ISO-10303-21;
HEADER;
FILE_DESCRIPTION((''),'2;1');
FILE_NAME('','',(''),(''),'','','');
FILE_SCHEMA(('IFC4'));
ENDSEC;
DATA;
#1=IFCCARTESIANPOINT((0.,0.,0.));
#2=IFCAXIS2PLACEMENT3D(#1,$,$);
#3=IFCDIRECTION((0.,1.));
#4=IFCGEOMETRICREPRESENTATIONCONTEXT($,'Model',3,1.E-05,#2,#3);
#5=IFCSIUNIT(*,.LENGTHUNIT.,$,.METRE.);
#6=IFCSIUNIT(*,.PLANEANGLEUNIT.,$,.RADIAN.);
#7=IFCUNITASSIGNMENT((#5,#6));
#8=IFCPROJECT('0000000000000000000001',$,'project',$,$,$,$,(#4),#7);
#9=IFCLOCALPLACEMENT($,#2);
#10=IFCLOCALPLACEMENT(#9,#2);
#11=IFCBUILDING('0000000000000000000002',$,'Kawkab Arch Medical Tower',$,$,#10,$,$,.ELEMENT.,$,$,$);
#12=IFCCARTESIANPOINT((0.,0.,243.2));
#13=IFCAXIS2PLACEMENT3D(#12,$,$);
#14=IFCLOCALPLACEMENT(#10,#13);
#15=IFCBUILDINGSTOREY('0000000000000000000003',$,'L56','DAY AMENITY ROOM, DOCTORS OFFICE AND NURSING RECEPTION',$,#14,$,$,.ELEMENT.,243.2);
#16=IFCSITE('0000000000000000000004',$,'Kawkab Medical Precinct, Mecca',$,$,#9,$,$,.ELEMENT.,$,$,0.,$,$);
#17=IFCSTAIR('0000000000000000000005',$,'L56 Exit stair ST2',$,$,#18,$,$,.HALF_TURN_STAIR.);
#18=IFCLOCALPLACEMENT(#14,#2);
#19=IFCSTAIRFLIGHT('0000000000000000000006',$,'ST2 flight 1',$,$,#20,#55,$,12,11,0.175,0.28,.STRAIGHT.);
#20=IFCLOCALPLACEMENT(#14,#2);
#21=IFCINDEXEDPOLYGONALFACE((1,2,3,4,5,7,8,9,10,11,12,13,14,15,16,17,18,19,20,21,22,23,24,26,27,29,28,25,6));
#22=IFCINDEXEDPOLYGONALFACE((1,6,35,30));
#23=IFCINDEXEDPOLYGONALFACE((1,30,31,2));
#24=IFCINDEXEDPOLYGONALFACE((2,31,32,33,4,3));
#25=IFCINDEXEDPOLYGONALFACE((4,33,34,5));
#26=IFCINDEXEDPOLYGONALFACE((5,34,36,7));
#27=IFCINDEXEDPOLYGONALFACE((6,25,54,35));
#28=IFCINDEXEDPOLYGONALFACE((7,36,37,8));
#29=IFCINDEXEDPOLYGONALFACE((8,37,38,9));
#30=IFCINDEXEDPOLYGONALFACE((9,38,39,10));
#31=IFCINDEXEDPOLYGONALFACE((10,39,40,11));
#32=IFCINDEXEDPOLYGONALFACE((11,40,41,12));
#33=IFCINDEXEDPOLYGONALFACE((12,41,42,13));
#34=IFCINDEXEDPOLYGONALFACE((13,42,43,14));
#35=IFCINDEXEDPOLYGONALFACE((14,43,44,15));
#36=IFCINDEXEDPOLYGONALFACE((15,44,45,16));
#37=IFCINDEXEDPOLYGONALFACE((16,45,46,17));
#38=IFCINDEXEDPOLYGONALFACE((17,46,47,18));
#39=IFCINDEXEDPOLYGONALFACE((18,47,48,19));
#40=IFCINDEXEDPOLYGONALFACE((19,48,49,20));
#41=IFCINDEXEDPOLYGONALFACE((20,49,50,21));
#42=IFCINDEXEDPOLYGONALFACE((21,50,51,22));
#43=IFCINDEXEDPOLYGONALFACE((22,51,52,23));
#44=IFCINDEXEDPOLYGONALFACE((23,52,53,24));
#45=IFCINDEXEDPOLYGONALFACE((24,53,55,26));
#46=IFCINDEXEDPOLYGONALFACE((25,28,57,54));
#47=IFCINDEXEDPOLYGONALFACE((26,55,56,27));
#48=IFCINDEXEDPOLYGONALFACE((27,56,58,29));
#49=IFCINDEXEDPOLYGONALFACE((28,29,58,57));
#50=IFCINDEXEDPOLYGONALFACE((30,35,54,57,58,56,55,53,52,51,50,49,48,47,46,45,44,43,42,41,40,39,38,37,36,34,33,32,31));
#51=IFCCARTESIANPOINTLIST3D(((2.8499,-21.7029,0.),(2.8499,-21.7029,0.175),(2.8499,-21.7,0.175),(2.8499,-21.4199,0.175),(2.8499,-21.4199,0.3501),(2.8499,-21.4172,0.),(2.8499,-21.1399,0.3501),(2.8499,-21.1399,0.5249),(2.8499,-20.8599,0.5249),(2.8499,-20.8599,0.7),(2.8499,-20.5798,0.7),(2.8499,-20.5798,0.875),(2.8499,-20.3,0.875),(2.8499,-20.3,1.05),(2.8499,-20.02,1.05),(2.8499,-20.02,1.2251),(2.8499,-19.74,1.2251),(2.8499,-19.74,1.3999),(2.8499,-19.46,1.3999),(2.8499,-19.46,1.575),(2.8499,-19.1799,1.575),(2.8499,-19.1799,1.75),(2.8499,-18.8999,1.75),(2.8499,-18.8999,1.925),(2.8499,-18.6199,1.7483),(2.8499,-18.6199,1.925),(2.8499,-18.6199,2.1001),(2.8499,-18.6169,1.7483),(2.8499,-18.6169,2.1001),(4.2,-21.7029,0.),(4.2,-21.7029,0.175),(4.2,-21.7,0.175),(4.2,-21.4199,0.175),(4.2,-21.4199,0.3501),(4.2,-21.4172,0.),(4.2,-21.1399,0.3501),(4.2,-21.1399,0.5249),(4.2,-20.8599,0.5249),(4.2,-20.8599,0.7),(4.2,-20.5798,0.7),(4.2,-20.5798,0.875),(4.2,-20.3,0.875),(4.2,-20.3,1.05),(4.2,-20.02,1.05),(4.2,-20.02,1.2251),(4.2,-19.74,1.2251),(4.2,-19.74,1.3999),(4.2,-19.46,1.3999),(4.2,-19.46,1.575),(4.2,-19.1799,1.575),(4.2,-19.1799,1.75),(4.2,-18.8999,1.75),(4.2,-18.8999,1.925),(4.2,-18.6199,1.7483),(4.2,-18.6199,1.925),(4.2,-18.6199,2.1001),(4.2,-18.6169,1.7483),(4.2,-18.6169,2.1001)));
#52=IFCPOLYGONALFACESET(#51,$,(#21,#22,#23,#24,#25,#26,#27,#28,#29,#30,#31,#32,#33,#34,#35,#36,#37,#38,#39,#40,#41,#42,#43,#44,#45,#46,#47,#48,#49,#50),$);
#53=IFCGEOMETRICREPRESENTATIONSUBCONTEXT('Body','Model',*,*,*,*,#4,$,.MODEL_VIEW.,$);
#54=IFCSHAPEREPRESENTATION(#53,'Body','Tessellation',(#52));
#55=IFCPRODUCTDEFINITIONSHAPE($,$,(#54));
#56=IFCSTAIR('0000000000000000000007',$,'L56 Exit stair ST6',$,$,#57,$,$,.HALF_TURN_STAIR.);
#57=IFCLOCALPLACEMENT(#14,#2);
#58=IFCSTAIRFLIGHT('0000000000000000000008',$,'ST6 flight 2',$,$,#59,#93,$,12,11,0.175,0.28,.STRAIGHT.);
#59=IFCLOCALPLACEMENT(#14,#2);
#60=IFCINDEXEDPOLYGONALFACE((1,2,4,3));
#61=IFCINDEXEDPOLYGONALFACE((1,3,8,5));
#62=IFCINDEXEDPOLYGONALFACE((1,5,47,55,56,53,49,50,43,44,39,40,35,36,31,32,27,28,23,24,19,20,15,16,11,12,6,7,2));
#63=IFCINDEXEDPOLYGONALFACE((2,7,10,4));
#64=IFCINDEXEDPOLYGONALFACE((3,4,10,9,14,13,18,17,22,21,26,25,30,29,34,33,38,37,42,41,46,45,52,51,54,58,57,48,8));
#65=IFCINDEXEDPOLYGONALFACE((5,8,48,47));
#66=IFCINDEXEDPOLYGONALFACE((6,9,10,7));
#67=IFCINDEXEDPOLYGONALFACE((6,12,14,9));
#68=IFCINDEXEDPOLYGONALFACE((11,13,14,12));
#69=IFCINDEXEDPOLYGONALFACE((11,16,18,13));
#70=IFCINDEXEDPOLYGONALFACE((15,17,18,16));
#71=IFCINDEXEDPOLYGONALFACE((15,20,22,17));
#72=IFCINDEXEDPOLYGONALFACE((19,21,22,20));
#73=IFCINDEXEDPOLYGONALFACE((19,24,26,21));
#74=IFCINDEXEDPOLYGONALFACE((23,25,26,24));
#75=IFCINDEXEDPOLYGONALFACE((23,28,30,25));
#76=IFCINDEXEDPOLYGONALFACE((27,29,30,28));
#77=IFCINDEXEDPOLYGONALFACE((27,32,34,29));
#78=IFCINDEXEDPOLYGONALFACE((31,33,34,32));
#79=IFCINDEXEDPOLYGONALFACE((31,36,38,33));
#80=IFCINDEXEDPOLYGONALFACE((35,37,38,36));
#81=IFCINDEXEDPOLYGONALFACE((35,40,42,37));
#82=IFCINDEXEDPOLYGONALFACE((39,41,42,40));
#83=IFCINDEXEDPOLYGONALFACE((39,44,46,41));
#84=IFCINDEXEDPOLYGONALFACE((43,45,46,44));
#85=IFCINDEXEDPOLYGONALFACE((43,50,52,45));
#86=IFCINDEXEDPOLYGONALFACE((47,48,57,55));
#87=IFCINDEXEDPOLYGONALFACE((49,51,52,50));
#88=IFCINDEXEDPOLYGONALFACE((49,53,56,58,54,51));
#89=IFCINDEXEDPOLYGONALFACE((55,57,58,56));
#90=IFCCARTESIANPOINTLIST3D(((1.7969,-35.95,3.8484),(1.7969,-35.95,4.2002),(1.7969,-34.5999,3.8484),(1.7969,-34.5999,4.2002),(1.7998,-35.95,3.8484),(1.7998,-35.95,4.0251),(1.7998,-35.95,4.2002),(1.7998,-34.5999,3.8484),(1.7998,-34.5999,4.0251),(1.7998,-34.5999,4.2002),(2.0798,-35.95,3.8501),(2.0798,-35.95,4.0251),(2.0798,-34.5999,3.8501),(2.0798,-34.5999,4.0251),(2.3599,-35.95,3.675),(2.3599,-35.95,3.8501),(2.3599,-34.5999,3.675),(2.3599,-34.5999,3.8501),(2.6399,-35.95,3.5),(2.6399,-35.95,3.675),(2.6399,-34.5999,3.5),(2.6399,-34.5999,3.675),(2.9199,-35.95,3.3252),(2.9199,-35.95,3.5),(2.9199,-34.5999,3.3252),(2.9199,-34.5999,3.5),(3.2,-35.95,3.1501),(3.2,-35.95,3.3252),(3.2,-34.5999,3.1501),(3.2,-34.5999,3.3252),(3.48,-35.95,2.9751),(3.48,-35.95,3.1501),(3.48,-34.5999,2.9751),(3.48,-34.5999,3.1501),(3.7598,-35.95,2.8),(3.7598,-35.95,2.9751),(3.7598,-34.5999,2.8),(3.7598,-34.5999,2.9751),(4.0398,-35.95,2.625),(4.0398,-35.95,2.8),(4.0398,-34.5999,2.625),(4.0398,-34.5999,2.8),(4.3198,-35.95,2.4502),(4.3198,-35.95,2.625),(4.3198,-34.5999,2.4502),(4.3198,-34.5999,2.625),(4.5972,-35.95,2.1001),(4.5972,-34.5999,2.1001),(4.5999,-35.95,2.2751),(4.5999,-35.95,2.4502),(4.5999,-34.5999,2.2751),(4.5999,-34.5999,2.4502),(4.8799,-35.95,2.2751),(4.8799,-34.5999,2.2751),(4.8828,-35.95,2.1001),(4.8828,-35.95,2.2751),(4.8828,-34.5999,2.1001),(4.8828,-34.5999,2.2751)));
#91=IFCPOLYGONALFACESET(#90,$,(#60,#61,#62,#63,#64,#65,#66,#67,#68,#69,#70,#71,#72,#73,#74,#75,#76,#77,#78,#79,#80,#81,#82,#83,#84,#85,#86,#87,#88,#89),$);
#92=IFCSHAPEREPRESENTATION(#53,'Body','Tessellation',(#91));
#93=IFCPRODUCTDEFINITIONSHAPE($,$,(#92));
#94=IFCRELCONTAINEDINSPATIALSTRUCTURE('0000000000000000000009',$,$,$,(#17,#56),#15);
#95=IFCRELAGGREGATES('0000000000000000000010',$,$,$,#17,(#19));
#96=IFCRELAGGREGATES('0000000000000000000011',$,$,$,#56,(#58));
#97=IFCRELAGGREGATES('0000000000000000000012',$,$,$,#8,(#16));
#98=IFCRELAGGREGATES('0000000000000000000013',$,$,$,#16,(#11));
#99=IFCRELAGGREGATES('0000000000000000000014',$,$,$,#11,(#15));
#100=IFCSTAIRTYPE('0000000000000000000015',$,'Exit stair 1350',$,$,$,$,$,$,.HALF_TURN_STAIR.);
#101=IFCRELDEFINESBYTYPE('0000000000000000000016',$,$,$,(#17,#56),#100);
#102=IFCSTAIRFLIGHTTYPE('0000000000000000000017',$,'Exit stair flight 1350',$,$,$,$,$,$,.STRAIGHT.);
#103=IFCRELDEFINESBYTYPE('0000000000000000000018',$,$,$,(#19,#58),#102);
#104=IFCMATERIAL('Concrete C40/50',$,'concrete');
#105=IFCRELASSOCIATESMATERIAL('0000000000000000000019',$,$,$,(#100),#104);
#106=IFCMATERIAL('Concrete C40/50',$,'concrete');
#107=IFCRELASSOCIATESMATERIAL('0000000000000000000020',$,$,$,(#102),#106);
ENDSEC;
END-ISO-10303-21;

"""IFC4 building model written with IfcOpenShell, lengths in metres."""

from ifc_helpers import new_model, si_unit, direction, frame, origin, place, context, subcontext, project, spatial, polyline, outline, extrude, material, type_object, element, aggregate, save


model = new_model("IFC4")

# Units and contexts
model_context = context("Model", 3, precision=1e-05, world=origin(), true_north=direction((0.0, 1.0)))
body_context = subcontext(model_context, "Body", "Model", "MODEL_VIEW")
ifc_project = project(units=[si_unit("LENGTHUNIT", "METRE"), si_unit("PLANEANGLEUNIT", "RADIAN")], contexts=[model_context])

# Site, building, storey
site_placement = place(None, origin())
site = spatial("IfcSite", under=ifc_project, at=site_placement, Name="Kawkab Medical Precinct, Mecca", CompositionType="ELEMENT", RefElevation=0.0)
building_placement = place(site_placement, origin())
building = spatial("IfcBuilding", under=site, at=building_placement, Name="Kawkab Arch Medical Tower", CompositionType="ELEMENT")
storey_placement = place(building_placement, frame((0.0, 0.0, 243.2)))
storey = spatial("IfcBuildingStorey", under=building, at=storey_placement, Name="L56", Description="DAY AMENITY ROOM, DOCTORS OFFICE AND NURSING RECEPTION", CompositionType="ELEMENT", Elevation=243.2)

# Stairs, stair flights
ifc_material_1 = material(Name="Concrete C40/50", Category="concrete")
stair_type = type_object("IfcStairType", Name="Exit stair 1350", PredefinedType="HALF_TURN_STAIR", material=ifc_material_1)
placement = place(storey_placement, origin())
stair_1 = element("IfcStair", 1, at=placement, inside=storey, type_object=stair_type, Name="L56 Exit stair ST2", PredefinedType="HALF_TURN_STAIR")
ifc_material_2 = material(Name="Concrete C40/50", Category="concrete")
stair_flight_type = type_object("IfcStairFlightType", Name="Exit stair flight 1350", PredefinedType="STRAIGHT", material=ifc_material_2)
stair_flight_1_placement = place(storey_placement, frame((3.5249, -21.7, 0.0), z_axis=(0.0, 0.0, 1.0), x_axis=(0.0, 1.0, 0.0)))
stair_flight_1 = element("IfcStairFlight", 2, at=stair_flight_1_placement, type_object=stair_flight_type, Name="ST2 flight 1", NumberOfRisers=12, NumberOfTreads=11, PredefinedType="STRAIGHT", RiserHeight=0.175, TreadLength=0.28, context=body_context, shape_type="SweptSolid", body=[
    extrude(outline(polyline([(-0.0029, 0.0), (-0.0029, 0.175), (0.0, 0.175), (0.28, 0.175), (0.28, 0.3501), (0.5601, 0.3501), (0.5601, 0.5249), (0.8401, 0.5249), (0.8401, 0.7), (1.1201, 0.7), (1.1201, 0.875), (1.3999, 0.875), (1.3999, 1.05), (1.6799, 1.05), (1.6799, 1.2251), (1.96, 1.2251), (1.96, 1.3999), (2.24, 1.3999), (2.24, 1.575), (2.52, 1.575), (2.52, 1.75), (2.8, 1.75), (2.8, 1.925), (3.0801, 1.925), (3.0801, 2.1001), (3.083, 2.1001), (3.083, 1.7483), (3.0801, 1.7483), (0.2827, 0.0), (-0.0029, 0.0)])), frame((0.0, 0.675, 0.0), z_axis=(0.0, -1.0, 0.0), x_axis=(1.0, 0.0, 0.0)), (0.0, 0.0, 1.0), 1.3501),
])
aggregate(stair_1, [stair_flight_1])
stair_2 = element("IfcStair", 3, at=placement, inside=storey, type_object=stair_type, Name="L56 Exit stair ST6", PredefinedType="HALF_TURN_STAIR")
stair_flight_2_placement = place(storey_placement, frame((4.8799, -35.2749, 2.1001), z_axis=(0.0, 0.0, 1.0), x_axis=(-1.0, 0.0, 0.0)))
stair_flight_2 = element("IfcStairFlight", 4, at=stair_flight_2_placement, type_object=stair_flight_type, Name="ST6 flight 2", NumberOfRisers=12, NumberOfTreads=11, PredefinedType="STRAIGHT", RiserHeight=0.175, TreadLength=0.28, context=body_context, shape_type="SweptSolid", body=[
    extrude(outline(polyline([(-0.0029, 0.0), (-0.0029, 0.175), (0.0, 0.175), (0.28, 0.175), (0.28, 0.3501), (0.5601, 0.3501), (0.5601, 0.5249), (0.8401, 0.5249), (0.8401, 0.7), (1.1201, 0.7), (1.1201, 0.875), (1.3999, 0.875), (1.3999, 1.05), (1.6799, 1.05), (1.6799, 1.2251), (1.96, 1.2251), (1.96, 1.3999), (2.24, 1.3999), (2.24, 1.575), (2.52, 1.575), (2.52, 1.75), (2.8, 1.75), (2.8, 1.925), (3.0801, 1.925), (3.0801, 2.1001), (3.083, 2.1001), (3.083, 1.7483), (3.0801, 1.7483), (0.2827, 0.0), (-0.0029, 0.0)])), frame((0.0, 0.675, 0.0), z_axis=(0.0, -1.0, 0.0), x_axis=(1.0, 0.0, 0.0)), (0.0, 0.0, 1.0), 1.3501),
])
aggregate(stair_2, [stair_flight_2])

save(model, "model.ifc")
